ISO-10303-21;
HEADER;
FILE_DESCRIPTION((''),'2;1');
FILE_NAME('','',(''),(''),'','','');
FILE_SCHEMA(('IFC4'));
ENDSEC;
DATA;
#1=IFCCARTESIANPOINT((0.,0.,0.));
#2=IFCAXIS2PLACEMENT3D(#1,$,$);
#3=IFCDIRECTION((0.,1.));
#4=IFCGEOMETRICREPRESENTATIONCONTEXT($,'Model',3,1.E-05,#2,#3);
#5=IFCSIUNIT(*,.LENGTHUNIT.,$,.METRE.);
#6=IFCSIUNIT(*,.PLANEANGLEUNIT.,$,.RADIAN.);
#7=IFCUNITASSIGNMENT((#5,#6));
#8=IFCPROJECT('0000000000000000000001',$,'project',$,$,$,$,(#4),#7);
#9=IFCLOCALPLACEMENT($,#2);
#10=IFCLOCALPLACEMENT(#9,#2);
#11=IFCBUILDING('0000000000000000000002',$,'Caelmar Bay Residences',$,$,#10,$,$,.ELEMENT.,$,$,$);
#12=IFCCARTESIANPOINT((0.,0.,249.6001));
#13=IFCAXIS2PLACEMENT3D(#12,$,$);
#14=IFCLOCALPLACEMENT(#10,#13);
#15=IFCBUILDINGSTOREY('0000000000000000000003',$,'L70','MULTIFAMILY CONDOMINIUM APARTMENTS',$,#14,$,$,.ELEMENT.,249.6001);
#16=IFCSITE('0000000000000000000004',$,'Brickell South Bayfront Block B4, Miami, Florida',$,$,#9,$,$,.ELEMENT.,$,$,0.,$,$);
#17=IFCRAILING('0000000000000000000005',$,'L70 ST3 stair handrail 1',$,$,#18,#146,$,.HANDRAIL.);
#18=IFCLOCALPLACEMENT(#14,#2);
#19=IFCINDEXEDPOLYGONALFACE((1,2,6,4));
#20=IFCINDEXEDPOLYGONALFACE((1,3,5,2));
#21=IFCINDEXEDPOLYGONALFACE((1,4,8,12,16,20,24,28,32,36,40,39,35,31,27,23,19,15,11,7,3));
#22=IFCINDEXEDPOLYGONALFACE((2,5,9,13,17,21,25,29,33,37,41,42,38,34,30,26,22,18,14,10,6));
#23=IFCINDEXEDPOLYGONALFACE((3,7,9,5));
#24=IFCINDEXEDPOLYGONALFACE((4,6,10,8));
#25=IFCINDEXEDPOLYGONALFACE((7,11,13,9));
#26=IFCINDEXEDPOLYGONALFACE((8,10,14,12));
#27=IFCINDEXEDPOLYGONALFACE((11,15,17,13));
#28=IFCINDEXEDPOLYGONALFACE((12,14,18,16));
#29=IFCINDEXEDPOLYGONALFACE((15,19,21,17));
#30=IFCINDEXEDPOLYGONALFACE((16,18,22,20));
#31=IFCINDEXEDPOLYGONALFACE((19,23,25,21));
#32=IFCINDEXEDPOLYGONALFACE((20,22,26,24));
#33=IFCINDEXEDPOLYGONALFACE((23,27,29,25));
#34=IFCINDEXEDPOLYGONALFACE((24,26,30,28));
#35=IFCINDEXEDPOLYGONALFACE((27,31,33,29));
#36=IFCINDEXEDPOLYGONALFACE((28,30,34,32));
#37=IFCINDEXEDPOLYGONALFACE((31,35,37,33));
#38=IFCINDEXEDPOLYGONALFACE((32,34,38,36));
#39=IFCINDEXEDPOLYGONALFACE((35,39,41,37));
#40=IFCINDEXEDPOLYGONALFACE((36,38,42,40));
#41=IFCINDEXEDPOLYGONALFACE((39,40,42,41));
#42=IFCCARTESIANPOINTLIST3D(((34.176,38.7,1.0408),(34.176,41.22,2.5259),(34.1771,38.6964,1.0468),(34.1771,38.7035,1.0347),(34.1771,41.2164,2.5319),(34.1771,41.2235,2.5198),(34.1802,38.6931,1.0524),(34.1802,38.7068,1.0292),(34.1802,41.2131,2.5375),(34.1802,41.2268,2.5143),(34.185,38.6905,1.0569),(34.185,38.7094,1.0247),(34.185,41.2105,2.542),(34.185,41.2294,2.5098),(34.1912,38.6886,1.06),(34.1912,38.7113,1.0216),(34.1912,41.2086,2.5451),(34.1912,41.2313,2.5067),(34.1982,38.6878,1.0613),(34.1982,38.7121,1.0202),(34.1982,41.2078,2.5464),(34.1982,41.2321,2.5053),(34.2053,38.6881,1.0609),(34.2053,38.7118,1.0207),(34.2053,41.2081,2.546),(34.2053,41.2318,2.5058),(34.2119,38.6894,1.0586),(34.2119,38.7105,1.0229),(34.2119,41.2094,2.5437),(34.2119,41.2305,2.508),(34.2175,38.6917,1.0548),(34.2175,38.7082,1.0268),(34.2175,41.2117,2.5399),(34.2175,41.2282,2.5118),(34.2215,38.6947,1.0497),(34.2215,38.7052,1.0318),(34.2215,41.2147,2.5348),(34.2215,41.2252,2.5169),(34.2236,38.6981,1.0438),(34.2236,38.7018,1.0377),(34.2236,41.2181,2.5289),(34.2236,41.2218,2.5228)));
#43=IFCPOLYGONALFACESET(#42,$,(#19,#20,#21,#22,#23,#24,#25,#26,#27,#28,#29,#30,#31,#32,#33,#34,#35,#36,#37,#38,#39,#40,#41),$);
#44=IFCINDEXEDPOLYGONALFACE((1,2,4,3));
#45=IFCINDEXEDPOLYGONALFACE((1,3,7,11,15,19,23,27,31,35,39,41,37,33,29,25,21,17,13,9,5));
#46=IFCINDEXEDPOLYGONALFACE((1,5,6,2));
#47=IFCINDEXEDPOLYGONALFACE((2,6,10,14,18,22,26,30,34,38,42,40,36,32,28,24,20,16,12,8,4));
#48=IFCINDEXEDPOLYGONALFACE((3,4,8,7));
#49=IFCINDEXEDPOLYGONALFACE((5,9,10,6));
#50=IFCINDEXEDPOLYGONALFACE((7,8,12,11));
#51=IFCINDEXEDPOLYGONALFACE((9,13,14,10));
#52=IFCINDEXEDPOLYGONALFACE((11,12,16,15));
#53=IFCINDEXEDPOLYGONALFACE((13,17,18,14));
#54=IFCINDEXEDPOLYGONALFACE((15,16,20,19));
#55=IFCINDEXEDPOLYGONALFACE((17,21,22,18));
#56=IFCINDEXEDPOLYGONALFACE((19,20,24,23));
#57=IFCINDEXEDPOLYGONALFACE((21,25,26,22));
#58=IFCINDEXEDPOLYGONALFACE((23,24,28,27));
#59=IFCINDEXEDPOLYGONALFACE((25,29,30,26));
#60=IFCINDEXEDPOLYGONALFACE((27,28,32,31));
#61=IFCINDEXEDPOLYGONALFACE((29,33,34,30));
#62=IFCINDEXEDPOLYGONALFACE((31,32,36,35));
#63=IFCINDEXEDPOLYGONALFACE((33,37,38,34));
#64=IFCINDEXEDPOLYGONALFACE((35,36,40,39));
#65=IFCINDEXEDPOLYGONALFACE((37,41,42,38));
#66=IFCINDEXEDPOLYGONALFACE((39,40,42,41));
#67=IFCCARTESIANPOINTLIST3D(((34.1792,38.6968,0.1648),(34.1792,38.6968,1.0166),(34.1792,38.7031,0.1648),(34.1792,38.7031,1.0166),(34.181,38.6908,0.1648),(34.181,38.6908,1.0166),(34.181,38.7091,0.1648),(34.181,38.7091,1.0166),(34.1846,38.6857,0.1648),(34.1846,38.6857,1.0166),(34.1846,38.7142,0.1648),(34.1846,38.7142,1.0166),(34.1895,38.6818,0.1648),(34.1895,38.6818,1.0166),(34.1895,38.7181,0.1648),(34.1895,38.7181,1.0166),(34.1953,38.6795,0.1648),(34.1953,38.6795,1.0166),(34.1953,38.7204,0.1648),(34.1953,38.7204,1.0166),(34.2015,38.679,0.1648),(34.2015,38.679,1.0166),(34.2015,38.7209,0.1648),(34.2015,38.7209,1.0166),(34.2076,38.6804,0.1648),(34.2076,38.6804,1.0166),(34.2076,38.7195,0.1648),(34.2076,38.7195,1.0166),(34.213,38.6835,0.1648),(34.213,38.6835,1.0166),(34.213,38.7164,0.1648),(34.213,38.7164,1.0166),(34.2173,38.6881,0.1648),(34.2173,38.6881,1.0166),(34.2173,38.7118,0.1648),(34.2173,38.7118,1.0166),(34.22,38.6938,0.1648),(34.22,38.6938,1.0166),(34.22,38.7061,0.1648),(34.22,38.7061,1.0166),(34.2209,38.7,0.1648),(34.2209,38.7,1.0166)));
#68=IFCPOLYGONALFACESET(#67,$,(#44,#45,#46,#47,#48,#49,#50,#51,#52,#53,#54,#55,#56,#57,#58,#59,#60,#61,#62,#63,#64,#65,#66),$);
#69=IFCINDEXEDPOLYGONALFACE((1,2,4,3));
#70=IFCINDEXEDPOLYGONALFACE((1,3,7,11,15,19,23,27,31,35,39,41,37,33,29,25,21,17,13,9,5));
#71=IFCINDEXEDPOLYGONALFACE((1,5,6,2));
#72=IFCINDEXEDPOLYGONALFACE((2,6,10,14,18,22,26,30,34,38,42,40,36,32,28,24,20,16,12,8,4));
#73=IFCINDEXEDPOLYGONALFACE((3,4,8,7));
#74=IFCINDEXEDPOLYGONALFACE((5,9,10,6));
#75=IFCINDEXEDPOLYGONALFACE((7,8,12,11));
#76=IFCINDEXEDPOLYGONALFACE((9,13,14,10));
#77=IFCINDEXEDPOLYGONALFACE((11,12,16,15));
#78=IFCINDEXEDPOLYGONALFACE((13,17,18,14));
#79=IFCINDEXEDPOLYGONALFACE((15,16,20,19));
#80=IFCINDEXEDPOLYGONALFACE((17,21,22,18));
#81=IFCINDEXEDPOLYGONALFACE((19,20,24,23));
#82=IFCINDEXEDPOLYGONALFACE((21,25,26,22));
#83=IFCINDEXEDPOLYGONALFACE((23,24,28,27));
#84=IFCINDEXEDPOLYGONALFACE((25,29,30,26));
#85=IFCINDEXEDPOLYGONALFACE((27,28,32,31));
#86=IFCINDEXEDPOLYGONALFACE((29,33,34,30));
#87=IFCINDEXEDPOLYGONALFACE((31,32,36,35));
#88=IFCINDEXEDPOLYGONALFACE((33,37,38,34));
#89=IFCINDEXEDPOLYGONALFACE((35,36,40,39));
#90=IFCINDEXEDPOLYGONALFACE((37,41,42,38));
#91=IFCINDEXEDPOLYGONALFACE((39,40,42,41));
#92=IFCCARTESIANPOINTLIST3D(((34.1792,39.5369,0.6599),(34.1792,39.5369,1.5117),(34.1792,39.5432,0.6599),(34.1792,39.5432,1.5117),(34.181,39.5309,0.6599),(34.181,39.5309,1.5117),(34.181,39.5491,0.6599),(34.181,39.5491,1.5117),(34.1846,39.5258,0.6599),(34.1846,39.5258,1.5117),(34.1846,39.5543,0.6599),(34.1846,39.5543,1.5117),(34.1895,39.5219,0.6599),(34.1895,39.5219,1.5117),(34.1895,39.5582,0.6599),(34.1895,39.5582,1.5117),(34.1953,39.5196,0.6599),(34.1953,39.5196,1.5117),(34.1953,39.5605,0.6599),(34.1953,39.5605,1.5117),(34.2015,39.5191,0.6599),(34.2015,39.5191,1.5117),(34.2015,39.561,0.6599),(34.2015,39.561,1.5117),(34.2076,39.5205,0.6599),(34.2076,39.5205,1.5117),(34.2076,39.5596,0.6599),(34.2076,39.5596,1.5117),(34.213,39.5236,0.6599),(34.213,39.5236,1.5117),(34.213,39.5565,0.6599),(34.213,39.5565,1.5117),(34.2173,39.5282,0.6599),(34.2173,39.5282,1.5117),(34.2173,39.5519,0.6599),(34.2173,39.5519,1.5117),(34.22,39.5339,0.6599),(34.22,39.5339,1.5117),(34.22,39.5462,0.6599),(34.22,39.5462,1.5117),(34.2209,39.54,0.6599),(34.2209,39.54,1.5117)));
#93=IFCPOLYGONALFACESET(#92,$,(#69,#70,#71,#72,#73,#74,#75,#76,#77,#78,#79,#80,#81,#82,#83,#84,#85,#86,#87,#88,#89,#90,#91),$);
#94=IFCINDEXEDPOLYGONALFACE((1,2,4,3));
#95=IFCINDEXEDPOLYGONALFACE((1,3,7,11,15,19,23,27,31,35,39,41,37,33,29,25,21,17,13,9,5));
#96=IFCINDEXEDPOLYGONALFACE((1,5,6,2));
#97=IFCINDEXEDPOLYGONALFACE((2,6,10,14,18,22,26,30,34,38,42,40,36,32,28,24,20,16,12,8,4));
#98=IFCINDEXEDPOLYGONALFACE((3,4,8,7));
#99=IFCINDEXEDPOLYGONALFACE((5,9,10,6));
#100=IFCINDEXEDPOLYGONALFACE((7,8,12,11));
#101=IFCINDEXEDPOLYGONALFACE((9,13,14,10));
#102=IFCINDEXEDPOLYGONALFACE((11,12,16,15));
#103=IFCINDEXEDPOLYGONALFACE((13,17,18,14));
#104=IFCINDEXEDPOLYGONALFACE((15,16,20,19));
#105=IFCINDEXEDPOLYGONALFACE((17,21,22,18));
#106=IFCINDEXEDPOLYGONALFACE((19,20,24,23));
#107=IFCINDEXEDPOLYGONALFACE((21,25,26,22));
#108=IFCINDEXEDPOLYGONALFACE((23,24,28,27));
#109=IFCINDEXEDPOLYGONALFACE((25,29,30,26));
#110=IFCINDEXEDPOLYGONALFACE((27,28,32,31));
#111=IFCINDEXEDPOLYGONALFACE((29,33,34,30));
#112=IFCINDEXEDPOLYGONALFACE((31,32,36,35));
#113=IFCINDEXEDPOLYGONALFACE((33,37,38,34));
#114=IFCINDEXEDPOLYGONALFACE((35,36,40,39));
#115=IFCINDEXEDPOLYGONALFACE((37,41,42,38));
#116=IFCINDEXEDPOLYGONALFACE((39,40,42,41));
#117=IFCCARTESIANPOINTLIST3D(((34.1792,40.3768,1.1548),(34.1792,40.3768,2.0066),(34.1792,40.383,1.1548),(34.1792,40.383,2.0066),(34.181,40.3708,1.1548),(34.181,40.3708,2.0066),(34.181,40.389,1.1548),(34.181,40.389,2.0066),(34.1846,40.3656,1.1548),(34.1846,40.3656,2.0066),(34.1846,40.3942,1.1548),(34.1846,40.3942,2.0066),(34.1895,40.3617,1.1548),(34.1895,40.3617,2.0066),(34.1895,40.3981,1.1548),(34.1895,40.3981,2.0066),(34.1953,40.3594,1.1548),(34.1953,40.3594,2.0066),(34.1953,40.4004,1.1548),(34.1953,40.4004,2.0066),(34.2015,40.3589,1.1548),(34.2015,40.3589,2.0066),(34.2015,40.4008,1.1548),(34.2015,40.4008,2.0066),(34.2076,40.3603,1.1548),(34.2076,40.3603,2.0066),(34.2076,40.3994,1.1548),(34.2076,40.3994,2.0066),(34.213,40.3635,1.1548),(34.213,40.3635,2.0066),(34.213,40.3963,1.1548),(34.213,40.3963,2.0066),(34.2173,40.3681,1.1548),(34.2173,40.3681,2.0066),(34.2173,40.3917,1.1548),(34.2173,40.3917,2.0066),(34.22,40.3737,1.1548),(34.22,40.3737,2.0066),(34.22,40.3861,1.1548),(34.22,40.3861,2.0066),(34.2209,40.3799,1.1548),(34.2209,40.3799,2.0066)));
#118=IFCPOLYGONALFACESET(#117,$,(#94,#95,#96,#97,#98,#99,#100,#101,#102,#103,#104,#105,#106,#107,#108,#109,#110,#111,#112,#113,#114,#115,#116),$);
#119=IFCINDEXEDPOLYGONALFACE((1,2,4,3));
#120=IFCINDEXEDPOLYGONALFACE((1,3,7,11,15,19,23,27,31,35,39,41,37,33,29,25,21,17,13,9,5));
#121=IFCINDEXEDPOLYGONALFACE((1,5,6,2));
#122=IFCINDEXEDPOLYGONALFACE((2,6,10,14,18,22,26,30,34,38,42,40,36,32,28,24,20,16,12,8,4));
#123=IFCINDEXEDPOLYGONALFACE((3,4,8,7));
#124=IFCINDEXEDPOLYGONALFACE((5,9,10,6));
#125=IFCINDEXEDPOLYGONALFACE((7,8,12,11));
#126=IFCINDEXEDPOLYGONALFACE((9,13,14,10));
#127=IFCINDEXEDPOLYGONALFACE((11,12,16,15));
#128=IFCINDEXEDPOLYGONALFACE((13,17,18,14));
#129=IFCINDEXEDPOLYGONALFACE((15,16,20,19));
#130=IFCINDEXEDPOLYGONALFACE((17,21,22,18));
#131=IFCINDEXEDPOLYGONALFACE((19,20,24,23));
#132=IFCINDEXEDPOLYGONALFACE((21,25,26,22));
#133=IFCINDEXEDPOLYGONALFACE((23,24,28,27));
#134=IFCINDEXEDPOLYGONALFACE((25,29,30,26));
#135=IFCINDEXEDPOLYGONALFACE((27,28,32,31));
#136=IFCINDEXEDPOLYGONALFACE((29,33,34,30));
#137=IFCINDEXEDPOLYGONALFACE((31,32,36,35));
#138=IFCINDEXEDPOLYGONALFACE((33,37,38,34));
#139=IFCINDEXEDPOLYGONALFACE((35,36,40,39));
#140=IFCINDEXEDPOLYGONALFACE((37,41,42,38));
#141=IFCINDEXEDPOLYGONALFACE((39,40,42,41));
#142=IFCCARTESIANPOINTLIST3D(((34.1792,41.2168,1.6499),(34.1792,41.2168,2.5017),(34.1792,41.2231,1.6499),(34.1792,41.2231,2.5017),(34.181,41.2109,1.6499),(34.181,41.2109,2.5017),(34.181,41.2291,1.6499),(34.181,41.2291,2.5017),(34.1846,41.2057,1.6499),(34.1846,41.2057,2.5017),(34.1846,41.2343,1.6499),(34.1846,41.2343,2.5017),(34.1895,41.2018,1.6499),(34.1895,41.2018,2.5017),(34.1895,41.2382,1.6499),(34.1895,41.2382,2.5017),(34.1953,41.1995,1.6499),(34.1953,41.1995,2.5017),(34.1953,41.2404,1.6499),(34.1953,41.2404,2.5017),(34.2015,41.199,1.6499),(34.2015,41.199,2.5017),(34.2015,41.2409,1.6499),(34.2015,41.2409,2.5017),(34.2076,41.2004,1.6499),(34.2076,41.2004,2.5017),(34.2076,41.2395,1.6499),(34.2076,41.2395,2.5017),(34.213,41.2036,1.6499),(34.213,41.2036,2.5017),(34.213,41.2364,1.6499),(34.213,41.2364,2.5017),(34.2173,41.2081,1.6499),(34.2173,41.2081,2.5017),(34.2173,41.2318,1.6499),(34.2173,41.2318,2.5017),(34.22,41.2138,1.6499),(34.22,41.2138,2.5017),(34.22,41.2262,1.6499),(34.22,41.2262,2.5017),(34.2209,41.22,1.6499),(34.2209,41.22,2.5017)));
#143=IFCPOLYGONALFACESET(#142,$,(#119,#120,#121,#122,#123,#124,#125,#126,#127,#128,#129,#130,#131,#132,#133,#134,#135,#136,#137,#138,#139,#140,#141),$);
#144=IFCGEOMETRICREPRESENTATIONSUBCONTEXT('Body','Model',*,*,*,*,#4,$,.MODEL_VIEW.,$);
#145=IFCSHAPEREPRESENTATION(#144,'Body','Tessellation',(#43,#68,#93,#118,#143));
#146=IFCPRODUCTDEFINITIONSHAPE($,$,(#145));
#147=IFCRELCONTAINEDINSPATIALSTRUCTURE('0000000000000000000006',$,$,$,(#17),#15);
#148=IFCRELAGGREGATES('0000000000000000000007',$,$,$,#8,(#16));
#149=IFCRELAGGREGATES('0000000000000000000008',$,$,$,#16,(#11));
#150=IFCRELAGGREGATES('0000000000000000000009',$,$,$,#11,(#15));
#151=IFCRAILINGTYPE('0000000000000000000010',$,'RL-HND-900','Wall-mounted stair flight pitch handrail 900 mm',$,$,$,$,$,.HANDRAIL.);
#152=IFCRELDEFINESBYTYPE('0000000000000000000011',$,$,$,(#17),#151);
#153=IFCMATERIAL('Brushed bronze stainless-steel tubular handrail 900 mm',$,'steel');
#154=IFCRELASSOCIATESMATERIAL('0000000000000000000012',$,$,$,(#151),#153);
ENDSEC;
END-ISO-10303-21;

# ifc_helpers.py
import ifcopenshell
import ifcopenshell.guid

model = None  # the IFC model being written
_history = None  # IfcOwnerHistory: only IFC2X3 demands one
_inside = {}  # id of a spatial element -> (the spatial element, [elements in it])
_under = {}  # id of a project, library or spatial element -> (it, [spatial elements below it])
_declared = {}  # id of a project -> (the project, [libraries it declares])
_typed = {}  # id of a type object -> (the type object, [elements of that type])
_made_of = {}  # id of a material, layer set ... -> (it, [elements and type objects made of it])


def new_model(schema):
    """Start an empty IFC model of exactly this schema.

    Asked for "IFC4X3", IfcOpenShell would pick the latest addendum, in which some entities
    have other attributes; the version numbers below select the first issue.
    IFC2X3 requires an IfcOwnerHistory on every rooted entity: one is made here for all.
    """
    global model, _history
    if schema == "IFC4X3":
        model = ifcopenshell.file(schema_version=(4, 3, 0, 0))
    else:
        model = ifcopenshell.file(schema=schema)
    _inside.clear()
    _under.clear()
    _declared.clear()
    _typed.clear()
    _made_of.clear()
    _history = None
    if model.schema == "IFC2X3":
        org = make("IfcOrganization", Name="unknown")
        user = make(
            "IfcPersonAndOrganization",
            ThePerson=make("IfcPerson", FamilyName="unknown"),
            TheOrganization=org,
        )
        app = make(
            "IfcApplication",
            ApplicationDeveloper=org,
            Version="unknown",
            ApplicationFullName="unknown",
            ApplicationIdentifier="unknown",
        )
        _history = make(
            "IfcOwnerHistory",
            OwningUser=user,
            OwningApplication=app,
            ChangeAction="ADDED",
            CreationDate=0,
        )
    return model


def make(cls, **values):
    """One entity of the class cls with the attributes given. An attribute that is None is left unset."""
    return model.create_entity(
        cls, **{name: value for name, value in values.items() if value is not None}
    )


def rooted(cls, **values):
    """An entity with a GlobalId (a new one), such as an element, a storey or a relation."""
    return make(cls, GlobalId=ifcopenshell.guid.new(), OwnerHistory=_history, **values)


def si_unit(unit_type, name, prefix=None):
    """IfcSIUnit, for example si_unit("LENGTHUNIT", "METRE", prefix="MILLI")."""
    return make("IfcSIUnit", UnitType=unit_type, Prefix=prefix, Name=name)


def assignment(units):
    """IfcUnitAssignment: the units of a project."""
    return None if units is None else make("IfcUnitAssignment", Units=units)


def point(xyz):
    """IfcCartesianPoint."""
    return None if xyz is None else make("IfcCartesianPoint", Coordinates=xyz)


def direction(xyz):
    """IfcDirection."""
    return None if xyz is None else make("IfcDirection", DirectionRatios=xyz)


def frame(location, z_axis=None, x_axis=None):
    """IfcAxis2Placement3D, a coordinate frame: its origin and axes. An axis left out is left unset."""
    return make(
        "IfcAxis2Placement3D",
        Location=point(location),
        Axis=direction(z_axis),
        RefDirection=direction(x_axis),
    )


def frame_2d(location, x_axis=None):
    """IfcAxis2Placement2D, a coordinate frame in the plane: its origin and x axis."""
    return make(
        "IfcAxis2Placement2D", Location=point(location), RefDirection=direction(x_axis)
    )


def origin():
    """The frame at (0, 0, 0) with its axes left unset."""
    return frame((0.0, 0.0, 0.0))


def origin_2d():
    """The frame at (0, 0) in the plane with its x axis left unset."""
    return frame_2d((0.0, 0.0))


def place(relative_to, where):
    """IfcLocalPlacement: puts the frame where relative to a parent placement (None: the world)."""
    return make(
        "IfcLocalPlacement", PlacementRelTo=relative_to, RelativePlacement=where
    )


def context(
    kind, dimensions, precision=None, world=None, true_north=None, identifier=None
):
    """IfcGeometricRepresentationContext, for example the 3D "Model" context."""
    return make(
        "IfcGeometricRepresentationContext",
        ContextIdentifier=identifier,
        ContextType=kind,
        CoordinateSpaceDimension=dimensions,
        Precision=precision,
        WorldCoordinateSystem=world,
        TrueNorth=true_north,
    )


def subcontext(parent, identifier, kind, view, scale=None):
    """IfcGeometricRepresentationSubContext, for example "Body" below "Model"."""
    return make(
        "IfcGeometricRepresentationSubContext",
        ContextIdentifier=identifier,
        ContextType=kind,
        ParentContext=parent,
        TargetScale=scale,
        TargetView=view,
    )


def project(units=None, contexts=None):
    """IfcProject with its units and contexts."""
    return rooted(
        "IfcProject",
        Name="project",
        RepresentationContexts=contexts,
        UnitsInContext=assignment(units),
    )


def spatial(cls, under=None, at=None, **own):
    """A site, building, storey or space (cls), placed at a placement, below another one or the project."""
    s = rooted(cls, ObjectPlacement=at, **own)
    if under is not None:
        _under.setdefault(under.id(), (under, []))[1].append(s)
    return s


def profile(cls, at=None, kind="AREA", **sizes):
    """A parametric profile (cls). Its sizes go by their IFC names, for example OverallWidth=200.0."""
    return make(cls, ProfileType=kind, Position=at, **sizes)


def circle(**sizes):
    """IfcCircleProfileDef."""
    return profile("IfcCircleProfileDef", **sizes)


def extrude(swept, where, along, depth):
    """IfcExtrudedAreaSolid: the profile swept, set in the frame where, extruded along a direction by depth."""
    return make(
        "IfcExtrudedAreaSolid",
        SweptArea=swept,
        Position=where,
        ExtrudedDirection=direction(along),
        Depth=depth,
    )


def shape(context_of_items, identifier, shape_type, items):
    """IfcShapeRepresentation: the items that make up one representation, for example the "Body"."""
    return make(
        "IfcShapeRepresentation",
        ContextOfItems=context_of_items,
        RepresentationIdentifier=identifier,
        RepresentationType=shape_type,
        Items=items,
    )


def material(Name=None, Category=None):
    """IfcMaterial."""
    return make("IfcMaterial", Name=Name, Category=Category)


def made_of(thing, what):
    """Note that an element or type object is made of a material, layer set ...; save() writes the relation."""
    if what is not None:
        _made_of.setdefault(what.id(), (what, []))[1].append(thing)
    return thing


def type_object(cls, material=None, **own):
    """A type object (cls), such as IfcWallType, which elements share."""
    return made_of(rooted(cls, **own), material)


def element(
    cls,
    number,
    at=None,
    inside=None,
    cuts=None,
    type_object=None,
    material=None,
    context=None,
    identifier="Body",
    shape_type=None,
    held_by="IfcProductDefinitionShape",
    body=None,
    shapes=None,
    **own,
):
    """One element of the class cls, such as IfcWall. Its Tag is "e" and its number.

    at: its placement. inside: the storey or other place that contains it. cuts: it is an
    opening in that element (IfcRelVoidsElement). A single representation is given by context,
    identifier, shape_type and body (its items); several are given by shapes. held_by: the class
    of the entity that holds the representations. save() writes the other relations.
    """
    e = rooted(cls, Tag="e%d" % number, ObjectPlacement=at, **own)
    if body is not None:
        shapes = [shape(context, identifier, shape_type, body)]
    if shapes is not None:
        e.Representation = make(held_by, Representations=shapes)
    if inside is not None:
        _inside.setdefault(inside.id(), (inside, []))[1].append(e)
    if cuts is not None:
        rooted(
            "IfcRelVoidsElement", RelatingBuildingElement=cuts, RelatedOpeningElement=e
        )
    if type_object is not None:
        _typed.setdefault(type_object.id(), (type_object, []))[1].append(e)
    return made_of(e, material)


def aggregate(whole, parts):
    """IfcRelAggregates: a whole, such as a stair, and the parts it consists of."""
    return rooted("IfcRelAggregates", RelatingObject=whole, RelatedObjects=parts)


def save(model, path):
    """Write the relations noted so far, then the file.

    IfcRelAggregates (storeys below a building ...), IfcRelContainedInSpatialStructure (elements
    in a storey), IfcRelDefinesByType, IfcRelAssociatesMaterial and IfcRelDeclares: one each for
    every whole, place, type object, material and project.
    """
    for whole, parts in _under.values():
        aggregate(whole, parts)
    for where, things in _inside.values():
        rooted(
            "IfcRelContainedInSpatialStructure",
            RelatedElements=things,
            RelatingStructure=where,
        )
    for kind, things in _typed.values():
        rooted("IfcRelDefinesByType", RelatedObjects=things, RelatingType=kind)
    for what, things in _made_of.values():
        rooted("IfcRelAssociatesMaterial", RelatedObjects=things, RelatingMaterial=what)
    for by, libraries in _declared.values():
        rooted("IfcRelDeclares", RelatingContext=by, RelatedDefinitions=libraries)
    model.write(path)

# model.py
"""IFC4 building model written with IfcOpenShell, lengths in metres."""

from ifc_helpers import new_model, si_unit, direction, frame, origin, origin_2d, place, context, subcontext, project, spatial, circle, extrude, material, type_object, element, save


model = new_model("IFC4")

# Units and contexts
model_context = context("Model", 3, precision=1e-05, world=origin(), true_north=direction((0.0, 1.0)))
body_context = subcontext(model_context, "Body", "Model", "MODEL_VIEW")
ifc_project = project(units=[si_unit("LENGTHUNIT", "METRE"), si_unit("PLANEANGLEUNIT", "RADIAN")], contexts=[model_context])

# Site, building, storey
site_placement = place(None, origin())
site = spatial("IfcSite", under=ifc_project, at=site_placement, Name="Brickell South Bayfront Block B4, Miami, Florida", CompositionType="ELEMENT", RefElevation=0.0)
building_placement = place(site_placement, origin())
building = spatial("IfcBuilding", under=site, at=building_placement, Name="Caelmar Bay Residences", CompositionType="ELEMENT")
storey_placement = place(building_placement, frame((0.0, 0.0, 249.6001)))
storey = spatial("IfcBuildingStorey", under=building, at=storey_placement, Name="L70", Description="MULTIFAMILY CONDOMINIUM APARTMENTS", CompositionType="ELEMENT", Elevation=249.6001)

# Railing
ifc_material_1 = material(Name="Brushed bronze stainless-steel tubular handrail 900 mm", Category="steel")
railing_type_1 = type_object("IfcRailingType", Name="RL-HND-900", Description="Wall-mounted stair flight pitch handrail 900 mm", PredefinedType="HANDRAIL", material=ifc_material_1)
railing_1_placement = place(storey_placement, frame((34.2, 38.7, 0.1648)))
element("IfcRailing", 1, at=railing_1_placement, inside=storey, type_object=railing_type_1, Name="L70 ST3 stair handrail 1", PredefinedType="HANDRAIL", context=body_context, shape_type="SweptSolid", body=[
    extrude(circle(Radius=0.0239, at=origin_2d()), frame((0.0, 0.0, 0.876), z_axis=(0.0, 0.861524, 0.507717), x_axis=(-1.0, 0.0, 0.0)), (0.0, 0.0, 1.0), 2.925),
    extrude(circle(Radius=0.021, at=origin_2d()), origin(), (0.0, 0.0, 1.0), 0.8518),
    extrude(circle(Radius=0.021, at=origin_2d()), frame((0.0, 0.8401, 0.4951)), (0.0, 0.0, 1.0), 0.8518),
    extrude(circle(Radius=0.021, at=origin_2d()), frame((0.0, 1.6799, 0.99)), (0.0, 0.0, 1.0), 0.8518),
    extrude(circle(Radius=0.021, at=origin_2d()), frame((0.0, 2.52, 1.4851)), (0.0, 0.0, 1.0), 0.8518),
])

save(model, "model.ifc")
